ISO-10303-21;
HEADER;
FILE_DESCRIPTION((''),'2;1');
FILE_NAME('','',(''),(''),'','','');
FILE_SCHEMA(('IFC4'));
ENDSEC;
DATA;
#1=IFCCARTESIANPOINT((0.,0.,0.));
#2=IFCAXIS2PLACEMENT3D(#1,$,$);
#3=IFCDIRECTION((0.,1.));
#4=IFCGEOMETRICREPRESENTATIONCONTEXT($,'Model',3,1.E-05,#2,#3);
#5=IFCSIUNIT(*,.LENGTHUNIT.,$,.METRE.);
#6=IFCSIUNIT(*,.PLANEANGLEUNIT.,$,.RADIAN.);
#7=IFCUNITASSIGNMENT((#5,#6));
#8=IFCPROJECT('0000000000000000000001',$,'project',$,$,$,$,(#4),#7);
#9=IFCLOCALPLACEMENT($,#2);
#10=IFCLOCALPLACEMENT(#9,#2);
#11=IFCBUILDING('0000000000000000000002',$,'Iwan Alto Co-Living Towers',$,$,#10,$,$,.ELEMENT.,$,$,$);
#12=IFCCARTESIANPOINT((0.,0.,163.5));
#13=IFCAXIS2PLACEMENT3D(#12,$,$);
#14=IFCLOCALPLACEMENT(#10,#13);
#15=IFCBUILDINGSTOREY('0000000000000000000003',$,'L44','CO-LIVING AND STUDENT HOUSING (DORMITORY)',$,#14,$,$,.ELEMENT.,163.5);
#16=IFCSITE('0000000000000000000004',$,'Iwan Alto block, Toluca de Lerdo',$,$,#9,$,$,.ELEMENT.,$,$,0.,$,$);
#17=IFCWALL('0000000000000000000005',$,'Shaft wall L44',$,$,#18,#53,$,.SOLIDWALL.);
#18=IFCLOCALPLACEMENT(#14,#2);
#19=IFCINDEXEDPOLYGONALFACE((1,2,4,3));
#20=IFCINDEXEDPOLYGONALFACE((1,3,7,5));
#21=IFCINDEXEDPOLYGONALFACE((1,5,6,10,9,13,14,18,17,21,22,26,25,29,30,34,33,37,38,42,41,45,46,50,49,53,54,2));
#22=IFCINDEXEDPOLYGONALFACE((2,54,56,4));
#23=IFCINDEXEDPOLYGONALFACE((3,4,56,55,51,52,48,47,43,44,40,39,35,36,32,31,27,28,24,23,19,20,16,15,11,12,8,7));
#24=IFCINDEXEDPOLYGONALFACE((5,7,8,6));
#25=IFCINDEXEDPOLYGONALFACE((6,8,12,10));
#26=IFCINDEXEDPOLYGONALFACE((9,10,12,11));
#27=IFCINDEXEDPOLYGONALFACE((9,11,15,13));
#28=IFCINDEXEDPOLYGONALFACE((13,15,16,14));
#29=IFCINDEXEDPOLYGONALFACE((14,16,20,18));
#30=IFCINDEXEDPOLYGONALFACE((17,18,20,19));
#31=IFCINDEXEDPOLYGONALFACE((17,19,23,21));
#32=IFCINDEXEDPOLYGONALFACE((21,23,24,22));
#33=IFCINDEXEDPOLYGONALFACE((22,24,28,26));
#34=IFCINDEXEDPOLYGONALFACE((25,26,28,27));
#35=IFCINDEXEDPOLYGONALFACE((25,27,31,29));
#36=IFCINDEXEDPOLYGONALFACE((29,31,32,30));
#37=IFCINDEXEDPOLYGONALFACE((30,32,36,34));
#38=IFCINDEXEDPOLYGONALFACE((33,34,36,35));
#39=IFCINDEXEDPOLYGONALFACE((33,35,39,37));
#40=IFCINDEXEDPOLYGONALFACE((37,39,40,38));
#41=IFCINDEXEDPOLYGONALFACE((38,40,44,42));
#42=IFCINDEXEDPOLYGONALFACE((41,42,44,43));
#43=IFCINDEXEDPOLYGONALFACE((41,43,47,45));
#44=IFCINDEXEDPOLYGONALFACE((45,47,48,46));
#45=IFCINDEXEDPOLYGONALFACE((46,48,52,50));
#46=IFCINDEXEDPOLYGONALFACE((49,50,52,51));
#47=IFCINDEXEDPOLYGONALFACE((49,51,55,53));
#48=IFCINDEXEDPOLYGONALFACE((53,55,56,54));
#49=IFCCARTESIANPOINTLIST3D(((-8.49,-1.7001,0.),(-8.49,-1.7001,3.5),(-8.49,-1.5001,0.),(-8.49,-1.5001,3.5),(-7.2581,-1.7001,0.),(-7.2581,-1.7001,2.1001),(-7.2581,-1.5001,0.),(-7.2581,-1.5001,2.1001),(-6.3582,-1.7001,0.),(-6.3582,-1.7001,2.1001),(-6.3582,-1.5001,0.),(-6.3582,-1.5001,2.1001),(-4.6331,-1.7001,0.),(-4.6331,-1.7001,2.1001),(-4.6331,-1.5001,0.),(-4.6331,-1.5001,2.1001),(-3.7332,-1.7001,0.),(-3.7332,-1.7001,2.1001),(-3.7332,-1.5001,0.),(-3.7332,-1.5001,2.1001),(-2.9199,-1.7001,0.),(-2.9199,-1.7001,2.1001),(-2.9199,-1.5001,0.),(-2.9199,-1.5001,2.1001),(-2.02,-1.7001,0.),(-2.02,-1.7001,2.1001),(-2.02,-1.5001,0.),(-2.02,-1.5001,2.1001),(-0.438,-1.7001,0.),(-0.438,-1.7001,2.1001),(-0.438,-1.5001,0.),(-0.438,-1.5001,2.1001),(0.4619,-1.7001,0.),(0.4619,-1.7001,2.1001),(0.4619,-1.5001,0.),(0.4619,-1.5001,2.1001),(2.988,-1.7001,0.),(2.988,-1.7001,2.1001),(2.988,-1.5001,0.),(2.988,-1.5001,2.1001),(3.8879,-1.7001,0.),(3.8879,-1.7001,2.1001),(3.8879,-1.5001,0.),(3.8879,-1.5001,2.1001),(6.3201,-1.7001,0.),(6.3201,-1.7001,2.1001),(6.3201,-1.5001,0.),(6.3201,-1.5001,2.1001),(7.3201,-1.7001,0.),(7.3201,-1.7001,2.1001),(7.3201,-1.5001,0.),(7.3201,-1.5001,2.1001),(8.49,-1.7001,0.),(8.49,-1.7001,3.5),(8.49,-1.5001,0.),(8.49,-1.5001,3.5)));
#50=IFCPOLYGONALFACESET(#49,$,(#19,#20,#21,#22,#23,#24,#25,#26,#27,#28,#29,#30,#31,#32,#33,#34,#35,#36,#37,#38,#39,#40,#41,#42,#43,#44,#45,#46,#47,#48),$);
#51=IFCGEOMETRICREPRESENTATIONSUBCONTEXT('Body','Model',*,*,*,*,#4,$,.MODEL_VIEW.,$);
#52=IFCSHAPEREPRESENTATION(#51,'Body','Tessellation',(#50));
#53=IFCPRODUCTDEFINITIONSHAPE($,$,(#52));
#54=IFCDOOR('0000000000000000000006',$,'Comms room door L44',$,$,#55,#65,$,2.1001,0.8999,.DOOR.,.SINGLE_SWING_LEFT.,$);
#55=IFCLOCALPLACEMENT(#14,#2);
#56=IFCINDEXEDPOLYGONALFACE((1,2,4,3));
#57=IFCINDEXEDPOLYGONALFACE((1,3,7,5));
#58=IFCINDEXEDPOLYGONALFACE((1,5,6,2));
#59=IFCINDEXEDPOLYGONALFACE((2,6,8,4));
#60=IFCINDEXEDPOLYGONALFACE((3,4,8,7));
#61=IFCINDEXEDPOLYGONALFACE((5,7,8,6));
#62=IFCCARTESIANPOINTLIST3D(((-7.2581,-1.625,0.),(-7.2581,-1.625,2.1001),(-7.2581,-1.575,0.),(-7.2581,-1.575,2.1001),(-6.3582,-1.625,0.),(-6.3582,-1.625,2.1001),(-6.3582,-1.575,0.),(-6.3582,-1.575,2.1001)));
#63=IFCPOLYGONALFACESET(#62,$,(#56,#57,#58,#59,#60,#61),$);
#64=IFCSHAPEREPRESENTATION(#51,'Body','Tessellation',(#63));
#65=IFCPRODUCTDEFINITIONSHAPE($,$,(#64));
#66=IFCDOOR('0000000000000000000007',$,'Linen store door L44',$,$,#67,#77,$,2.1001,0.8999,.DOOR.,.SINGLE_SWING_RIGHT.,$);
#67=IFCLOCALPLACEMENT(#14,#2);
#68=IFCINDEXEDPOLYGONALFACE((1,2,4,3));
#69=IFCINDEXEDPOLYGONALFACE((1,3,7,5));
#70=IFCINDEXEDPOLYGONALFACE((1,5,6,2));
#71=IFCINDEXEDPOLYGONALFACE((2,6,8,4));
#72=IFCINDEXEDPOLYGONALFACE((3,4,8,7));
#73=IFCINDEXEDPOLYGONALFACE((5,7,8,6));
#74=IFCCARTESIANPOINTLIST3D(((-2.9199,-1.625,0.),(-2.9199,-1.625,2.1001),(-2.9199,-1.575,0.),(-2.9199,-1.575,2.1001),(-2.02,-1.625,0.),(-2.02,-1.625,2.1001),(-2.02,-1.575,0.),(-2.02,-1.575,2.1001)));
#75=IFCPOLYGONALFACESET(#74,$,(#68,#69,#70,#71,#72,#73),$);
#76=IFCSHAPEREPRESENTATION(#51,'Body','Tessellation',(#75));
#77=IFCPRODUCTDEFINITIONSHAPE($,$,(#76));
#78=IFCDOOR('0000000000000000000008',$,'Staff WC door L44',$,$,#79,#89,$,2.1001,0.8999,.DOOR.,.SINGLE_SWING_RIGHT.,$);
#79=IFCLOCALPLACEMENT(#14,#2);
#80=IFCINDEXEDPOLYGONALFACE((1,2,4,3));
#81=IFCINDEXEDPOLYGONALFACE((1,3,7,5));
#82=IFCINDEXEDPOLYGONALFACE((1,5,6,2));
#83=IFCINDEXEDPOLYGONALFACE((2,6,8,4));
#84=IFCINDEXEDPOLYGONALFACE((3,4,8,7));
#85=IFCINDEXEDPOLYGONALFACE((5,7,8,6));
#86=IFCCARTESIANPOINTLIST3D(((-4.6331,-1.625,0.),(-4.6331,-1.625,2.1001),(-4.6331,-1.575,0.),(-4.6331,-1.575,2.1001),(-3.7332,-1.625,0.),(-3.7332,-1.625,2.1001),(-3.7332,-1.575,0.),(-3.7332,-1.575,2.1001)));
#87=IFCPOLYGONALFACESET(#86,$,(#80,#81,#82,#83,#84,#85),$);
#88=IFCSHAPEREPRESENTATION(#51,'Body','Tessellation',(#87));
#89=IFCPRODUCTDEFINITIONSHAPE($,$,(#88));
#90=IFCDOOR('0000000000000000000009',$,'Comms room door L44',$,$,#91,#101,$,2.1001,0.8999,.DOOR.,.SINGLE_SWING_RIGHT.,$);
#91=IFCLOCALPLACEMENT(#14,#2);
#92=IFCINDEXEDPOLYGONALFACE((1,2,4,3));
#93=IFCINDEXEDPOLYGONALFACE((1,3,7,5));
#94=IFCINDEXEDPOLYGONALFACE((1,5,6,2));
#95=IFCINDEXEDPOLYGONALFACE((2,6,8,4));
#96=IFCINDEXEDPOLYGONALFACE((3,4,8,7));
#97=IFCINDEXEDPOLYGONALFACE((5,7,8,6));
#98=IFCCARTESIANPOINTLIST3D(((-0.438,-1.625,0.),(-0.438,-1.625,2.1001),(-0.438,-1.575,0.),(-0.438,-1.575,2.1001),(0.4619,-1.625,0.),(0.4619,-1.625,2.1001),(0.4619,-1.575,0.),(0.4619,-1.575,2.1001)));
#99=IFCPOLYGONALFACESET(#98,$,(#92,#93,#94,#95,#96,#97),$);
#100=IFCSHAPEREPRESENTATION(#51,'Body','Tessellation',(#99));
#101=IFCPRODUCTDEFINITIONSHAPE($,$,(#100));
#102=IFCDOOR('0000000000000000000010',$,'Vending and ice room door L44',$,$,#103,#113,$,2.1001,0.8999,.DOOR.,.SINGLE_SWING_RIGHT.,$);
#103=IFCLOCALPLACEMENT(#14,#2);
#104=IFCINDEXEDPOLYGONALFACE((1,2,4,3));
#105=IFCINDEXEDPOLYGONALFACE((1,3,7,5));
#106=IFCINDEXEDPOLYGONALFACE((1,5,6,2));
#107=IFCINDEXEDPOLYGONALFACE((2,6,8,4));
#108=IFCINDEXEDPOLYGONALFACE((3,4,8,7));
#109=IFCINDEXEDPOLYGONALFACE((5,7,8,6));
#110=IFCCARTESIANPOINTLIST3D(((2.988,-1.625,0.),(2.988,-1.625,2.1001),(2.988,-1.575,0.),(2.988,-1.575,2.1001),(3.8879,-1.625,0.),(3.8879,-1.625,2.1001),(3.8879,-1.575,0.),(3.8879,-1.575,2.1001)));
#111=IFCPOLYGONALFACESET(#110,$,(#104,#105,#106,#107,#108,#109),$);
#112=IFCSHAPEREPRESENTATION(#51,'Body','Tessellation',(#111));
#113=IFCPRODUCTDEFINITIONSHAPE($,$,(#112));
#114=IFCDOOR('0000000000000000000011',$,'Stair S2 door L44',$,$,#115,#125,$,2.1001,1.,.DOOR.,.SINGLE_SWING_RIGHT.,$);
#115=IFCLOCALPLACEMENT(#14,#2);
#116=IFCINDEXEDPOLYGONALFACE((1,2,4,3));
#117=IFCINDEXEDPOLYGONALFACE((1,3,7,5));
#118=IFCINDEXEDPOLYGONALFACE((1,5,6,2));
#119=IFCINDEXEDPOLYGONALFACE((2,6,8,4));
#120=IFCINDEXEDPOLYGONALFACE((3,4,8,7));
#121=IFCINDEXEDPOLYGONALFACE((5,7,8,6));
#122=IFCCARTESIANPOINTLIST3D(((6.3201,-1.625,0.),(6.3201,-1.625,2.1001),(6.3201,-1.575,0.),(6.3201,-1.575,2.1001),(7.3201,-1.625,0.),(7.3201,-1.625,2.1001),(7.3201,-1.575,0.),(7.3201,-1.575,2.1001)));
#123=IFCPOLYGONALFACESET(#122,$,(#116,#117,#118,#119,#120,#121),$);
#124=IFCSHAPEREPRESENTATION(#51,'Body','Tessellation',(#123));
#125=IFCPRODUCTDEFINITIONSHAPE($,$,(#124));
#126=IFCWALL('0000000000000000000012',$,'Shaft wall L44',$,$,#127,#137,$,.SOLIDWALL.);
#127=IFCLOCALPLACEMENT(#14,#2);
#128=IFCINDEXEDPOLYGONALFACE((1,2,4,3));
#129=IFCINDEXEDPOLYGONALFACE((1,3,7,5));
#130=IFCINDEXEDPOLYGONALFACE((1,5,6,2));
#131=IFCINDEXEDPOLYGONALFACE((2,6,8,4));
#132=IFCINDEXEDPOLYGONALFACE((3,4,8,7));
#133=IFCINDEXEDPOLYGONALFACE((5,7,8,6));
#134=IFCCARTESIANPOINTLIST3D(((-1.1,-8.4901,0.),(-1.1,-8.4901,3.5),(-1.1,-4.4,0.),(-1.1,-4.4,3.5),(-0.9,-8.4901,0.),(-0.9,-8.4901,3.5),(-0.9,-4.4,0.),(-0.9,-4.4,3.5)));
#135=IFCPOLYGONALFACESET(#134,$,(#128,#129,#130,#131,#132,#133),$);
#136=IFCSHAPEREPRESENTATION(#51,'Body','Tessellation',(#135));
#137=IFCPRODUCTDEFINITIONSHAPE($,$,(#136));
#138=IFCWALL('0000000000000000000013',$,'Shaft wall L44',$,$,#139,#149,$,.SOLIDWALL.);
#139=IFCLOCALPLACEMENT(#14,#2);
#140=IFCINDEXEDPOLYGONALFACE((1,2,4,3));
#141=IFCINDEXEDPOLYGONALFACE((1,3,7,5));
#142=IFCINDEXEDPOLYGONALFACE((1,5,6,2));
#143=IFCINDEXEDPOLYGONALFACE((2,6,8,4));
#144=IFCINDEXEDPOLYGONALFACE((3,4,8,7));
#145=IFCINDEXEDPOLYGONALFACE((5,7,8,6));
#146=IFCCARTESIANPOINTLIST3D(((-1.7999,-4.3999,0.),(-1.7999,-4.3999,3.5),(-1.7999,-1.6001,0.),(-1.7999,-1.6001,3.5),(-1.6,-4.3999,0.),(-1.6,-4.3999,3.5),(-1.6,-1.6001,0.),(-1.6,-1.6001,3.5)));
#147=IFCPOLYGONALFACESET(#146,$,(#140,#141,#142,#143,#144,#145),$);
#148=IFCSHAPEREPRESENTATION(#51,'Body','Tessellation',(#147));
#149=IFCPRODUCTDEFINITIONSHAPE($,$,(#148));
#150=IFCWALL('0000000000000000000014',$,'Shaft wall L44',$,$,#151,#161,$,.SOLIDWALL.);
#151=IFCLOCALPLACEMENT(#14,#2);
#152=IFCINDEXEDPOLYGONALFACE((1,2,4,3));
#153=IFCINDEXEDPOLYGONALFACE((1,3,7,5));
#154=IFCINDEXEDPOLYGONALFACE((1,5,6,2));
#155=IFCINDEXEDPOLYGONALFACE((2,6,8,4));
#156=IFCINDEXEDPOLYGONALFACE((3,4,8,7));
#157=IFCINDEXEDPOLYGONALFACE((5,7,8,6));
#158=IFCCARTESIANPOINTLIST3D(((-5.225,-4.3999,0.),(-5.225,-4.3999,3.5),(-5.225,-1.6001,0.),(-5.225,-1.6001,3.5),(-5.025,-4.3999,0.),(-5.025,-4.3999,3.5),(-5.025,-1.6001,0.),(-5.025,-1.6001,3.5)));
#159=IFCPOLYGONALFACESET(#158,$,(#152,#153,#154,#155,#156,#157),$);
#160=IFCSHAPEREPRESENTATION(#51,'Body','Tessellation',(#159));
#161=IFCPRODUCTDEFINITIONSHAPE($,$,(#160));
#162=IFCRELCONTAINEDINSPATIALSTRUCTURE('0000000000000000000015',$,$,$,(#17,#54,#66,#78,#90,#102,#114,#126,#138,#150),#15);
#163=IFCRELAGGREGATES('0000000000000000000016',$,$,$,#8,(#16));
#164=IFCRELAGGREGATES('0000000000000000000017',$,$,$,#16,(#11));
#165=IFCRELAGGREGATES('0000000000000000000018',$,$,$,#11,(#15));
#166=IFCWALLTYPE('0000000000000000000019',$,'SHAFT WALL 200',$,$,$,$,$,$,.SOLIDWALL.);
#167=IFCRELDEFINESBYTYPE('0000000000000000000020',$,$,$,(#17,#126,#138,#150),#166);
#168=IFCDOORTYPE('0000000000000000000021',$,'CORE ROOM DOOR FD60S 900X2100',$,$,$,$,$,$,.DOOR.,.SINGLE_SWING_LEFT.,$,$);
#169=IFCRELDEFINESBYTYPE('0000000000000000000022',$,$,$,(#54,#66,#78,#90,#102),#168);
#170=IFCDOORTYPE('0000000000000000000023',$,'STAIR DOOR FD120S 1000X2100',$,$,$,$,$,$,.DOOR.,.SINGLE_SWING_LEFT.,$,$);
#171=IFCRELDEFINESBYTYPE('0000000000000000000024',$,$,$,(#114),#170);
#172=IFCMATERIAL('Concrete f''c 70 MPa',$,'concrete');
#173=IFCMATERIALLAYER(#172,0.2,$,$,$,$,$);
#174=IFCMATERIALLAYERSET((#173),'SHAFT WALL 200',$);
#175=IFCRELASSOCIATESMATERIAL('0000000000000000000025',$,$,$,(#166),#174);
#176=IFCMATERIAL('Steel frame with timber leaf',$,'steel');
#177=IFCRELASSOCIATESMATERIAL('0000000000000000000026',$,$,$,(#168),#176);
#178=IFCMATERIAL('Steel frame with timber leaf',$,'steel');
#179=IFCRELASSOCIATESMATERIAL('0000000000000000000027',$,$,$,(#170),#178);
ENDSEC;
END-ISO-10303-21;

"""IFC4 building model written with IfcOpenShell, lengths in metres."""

from ifc_helpers import new_model, si_unit, direction, frame, frame_2d, origin, place, context, subcontext, project, spatial, rectangle, extrude, material, layer, layer_set, type_object, element, fill, save


model = new_model("IFC4")

# Units and contexts
model_context = context("Model", 3, precision=1e-05, world=origin(), true_north=direction((0.0, 1.0)))
body_context = subcontext(model_context, "Body", "Model", "MODEL_VIEW")
ifc_project = project(units=[si_unit("LENGTHUNIT", "METRE"), si_unit("PLANEANGLEUNIT", "RADIAN")], contexts=[model_context])

# Site, building, storey
site_placement = place(None, origin())
site = spatial("IfcSite", under=ifc_project, at=site_placement, Name="Iwan Alto block, Toluca de Lerdo", CompositionType="ELEMENT", RefElevation=0.0)
building_placement = place(site_placement, origin())
building = spatial("IfcBuilding", under=site, at=building_placement, Name="Iwan Alto Co-Living Towers", CompositionType="ELEMENT")
storey_placement = place(building_placement, frame((0.0, 0.0, 163.5)))
storey = spatial("IfcBuildingStorey", under=building, at=storey_placement, Name="L44", Description="CO-LIVING AND STUDENT HOUSING (DORMITORY)", CompositionType="ELEMENT", Elevation=163.5)

# Shared definitions
ifc_material_1 = material(Name="Concrete f'c 70 MPa", Category="concrete")
ifc_layer_1 = layer(ifc_material_1, 0.2)
ifc_layer_set_1 = layer_set([ifc_layer_1], Name="SHAFT WALL 200")
wall_type_1 = type_object("IfcWallType", Name="SHAFT WALL 200", PredefinedType="SOLIDWALL", material=ifc_layer_set_1)

# Wall, openings, doors
wall_1_placement = place(storey_placement, frame((-8.49, -1.6001, 0.0), z_axis=(0.0, 0.0, 1.0), x_axis=(1.0, 0.0, 0.0)))
wall_1 = element("IfcWall", 1, at=wall_1_placement, inside=storey, type_object=wall_type_1, Name="Shaft wall L44", PredefinedType="SOLIDWALL", context=body_context, shape_type="SweptSolid", body=[
    extrude(rectangle(XDim=16.98, YDim=0.2, at=frame_2d((8.49, 0.0))), origin(), (0.0, 0.0, 1.0), 3.5),
])
opening_1_placement = place(wall_1_placement, frame((14.8101, 0.0, 0.0)))
opening_1 = element("IfcOpeningElement", 2, at=opening_1_placement, cuts=wall_1, PredefinedType="OPENING", context=body_context, shape_type="SweptSolid", body=[
    extrude(rectangle(XDim=1.0, YDim=2.1001, at=frame_2d((0.5, 1.05))), frame((0.0, 0.1099, 0.0), z_axis=(0.0, -1.0, 0.0), x_axis=(1.0, 0.0, 0.0)), (0.0, 0.0, 1.0), 0.22),
])
opening_2_placement = place(wall_1_placement, frame((1.2319, 0.0, 0.0)))
opening_2 = element("IfcOpeningElement", 3, at=opening_2_placement, cuts=wall_1, PredefinedType="OPENING", context=body_context, shape_type="SweptSolid", body=[
    extrude(rectangle(XDim=0.8999, YDim=2.1001, at=frame_2d((0.45, 1.05))), frame((0.0, 0.1099, 0.0), z_axis=(0.0, -1.0, 0.0), x_axis=(1.0, 0.0, 0.0)), (0.0, 0.0, 1.0), 0.22),
])
opening_3_placement = place(wall_1_placement, frame((5.5701, 0.0, 0.0)))
opening_3 = element("IfcOpeningElement", 4, at=opening_3_placement, cuts=wall_1, PredefinedType="OPENING", context=body_context, shape_type="SweptSolid", body=[
    extrude(rectangle(XDim=0.8999, YDim=2.1001, at=frame_2d((0.45, 1.05))), frame((0.0, 0.1099, 0.0), z_axis=(0.0, -1.0, 0.0), x_axis=(1.0, 0.0, 0.0)), (0.0, 0.0, 1.0), 0.22),
])
opening_4_placement = place(wall_1_placement, frame((3.8569, 0.0, 0.0)))
opening_4 = element("IfcOpeningElement", 5, at=opening_4_placement, cuts=wall_1, PredefinedType="OPENING", context=body_context, shape_type="SweptSolid", body=[
    extrude(rectangle(XDim=0.8999, YDim=2.1001, at=frame_2d((0.45, 1.05))), frame((0.0, 0.1099, 0.0), z_axis=(0.0, -1.0, 0.0), x_axis=(1.0, 0.0, 0.0)), (0.0, 0.0, 1.0), 0.22),
])
opening_5_placement = place(wall_1_placement, frame((8.052, 0.0, 0.0)))
opening_5 = element("IfcOpeningElement", 6, at=opening_5_placement, cuts=wall_1, PredefinedType="OPENING", context=body_context, shape_type="SweptSolid", body=[
    extrude(rectangle(XDim=0.8999, YDim=2.1001, at=frame_2d((0.45, 1.05))), frame((0.0, 0.1099, 0.0), z_axis=(0.0, -1.0, 0.0), x_axis=(1.0, 0.0, 0.0)), (0.0, 0.0, 1.0), 0.22),
])
opening_6_placement = place(wall_1_placement, frame((11.478, 0.0, 0.0)))
opening_6 = element("IfcOpeningElement", 7, at=opening_6_placement, cuts=wall_1, PredefinedType="OPENING", context=body_context, shape_type="SweptSolid", body=[
    extrude(rectangle(XDim=0.8999, YDim=2.1001, at=frame_2d((0.45, 1.05))), frame((0.0, 0.1099, 0.0), z_axis=(0.0, -1.0, 0.0), x_axis=(1.0, 0.0, 0.0)), (0.0, 0.0, 1.0), 0.22),
])
ifc_material_2 = material(Name="Steel frame with timber leaf", Category="steel")
door_type_1 = type_object("IfcDoorType", Name="CORE ROOM DOOR FD60S 900X2100", OperationType="SINGLE_SWING_LEFT", PredefinedType="DOOR", material=ifc_material_2)
door_1_placement = place(opening_2_placement, frame((0.8999, 0.0, 0.0), z_axis=(0.0, 0.0, 1.0), x_axis=(-1.0, 0.0, 0.0)))
door_1 = element("IfcDoor", 8, at=door_1_placement, inside=storey, type_object=door_type_1, Name="Comms room door L44", OperationType="SINGLE_SWING_LEFT", OverallHeight=2.1001, OverallWidth=0.8999, PredefinedType="DOOR", context=body_context, shape_type="SweptSolid", body=[
    extrude(rectangle(XDim=0.8999, YDim=2.1001, at=frame_2d((0.45, 1.05))), frame((0.0, 0.0249, 0.0), z_axis=(0.0, -1.0, 0.0), x_axis=(1.0, 0.0, 0.0)), (0.0, 0.0, 1.0), 0.05),
])
fill(opening_2, door_1)
door_2_placement = place(opening_3_placement, frame((0.8999, 0.0, 0.0), z_axis=(0.0, 0.0, 1.0), x_axis=(-1.0, 0.0, 0.0)))
door_2 = element("IfcDoor", 9, at=door_2_placement, inside=storey, type_object=door_type_1, Name="Linen store door L44", OperationType="SINGLE_SWING_RIGHT", OverallHeight=2.1001, OverallWidth=0.8999, PredefinedType="DOOR", context=body_context, shape_type="SweptSolid", body=[
    extrude(rectangle(XDim=0.8999, YDim=2.1001, at=frame_2d((0.45, 1.05))), frame((0.0, 0.0249, 0.0), z_axis=(0.0, -1.0, 0.0), x_axis=(1.0, 0.0, 0.0)), (0.0, 0.0, 1.0), 0.05),
])
fill(opening_3, door_2)
door_3_placement = place(opening_4_placement, frame((0.8999, 0.0, 0.0), z_axis=(0.0, 0.0, 1.0), x_axis=(-1.0, 0.0, 0.0)))
door_3 = element("IfcDoor", 10, at=door_3_placement, inside=storey, type_object=door_type_1, Name="Staff WC door L44", OperationType="SINGLE_SWING_RIGHT", OverallHeight=2.1001, OverallWidth=0.8999, PredefinedType="DOOR", context=body_context, shape_type="SweptSolid", body=[
    extrude(rectangle(XDim=0.8999, YDim=2.1001, at=frame_2d((0.45, 1.05))), frame((0.0, 0.0249, 0.0), z_axis=(0.0, -1.0, 0.0), x_axis=(1.0, 0.0, 0.0)), (0.0, 0.0, 1.0), 0.05),
])
fill(opening_4, door_3)
door_4_placement = place(opening_5_placement, frame((0.8999, 0.0, 0.0), z_axis=(0.0, 0.0, 1.0), x_axis=(-1.0, 0.0, 0.0)))
door_4 = element("IfcDoor", 11, at=door_4_placement, inside=storey, type_object=door_type_1, Name="Comms room door L44", OperationType="SINGLE_SWING_RIGHT", OverallHeight=2.1001, OverallWidth=0.8999, PredefinedType="DOOR", context=body_context, shape_type="SweptSolid", body=[
    extrude(rectangle(XDim=0.8999, YDim=2.1001, at=frame_2d((0.45, 1.05))), frame((0.0, 0.0249, 0.0), z_axis=(0.0, -1.0, 0.0), x_axis=(1.0, 0.0, 0.0)), (0.0, 0.0, 1.0), 0.05),
])
fill(opening_5, door_4)
door_5_placement = place(opening_6_placement, frame((0.8999, 0.0, 0.0), z_axis=(0.0, 0.0, 1.0), x_axis=(-1.0, 0.0, 0.0)))
door_5 = element("IfcDoor", 12, at=door_5_placement, inside=storey, type_object=door_type_1, Name="Vending and ice room door L44", OperationType="SINGLE_SWING_RIGHT", OverallHeight=2.1001, OverallWidth=0.8999, PredefinedType="DOOR", context=body_context, shape_type="SweptSolid", body=[
    extrude(rectangle(XDim=0.8999, YDim=2.1001, at=frame_2d((0.45, 1.05))), frame((0.0, 0.0249, 0.0), z_axis=(0.0, -1.0, 0.0), x_axis=(1.0, 0.0, 0.0)), (0.0, 0.0, 1.0), 0.05),
])
fill(opening_6, door_5)
ifc_material_3 = material(Name="Steel frame with timber leaf", Category="steel")
door_type_2 = type_object("IfcDoorType", Name="STAIR DOOR FD120S 1000X2100", OperationType="SINGLE_SWING_LEFT", PredefinedType="DOOR", material=ifc_material_3)
door_6_placement = place(opening_1_placement, frame((1.0, 0.0, 0.0), z_axis=(0.0, 0.0, 1.0), x_axis=(-1.0, 0.0, 0.0)))
door_6 = element("IfcDoor", 13, at=door_6_placement, inside=storey, type_object=door_type_2, Name="Stair S2 door L44", OperationType="SINGLE_SWING_RIGHT", OverallHeight=2.1001, OverallWidth=1.0, PredefinedType="DOOR", context=body_context, shape_type="SweptSolid", body=[
    extrude(rectangle(XDim=1.0, YDim=2.1001, at=frame_2d((0.5, 1.05))), frame((0.0, 0.0249, 0.0), z_axis=(0.0, -1.0, 0.0), x_axis=(1.0, 0.0, 0.0)), (0.0, 0.0, 1.0), 0.05),
])
fill(opening_1, door_6)

# Walls
wall_2_placement = place(storey_placement, frame((-1.0, -8.49, 0.0), z_axis=(0.0, 0.0, 1.0), x_axis=(0.0, 1.0, 0.0)))
element("IfcWall", 14, at=wall_2_placement, inside=storey, type_object=wall_type_1, Name="Shaft wall L44", PredefinedType="SOLIDWALL", context=body_context, shape_type="SweptSolid", body=[
    extrude(rectangle(XDim=4.0901, YDim=0.2, at=frame_2d((2.0449, 0.0))), origin(), (0.0, 0.0, 1.0), 3.5),
])
for number, where, z_axis, x_axis, name in (
    (15, (-1.7, -4.3999, 0.0), (0.0, 0.0, 1.0), (0.0, 1.0, 0.0), "Shaft wall L44"),
    (16, (-5.125, -4.3999, 0.0), (0.0, 0.0, 1.0), (0.0, 1.0, 0.0), "Shaft wall L44"),
):
    element("IfcWall", number, at=place(storey_placement, frame(where, z_axis=z_axis, x_axis=x_axis)), inside=storey, type_object=wall_type_1, Name=name, PredefinedType="SOLIDWALL", context=body_context, shape_type="SweptSolid", body=[
        extrude(rectangle(XDim=2.7998, YDim=0.2, at=frame_2d((1.3999, 0.0))), origin(), (0.0, 0.0, 1.0), 3.5),
    ])

save(model, "model.ifc")
